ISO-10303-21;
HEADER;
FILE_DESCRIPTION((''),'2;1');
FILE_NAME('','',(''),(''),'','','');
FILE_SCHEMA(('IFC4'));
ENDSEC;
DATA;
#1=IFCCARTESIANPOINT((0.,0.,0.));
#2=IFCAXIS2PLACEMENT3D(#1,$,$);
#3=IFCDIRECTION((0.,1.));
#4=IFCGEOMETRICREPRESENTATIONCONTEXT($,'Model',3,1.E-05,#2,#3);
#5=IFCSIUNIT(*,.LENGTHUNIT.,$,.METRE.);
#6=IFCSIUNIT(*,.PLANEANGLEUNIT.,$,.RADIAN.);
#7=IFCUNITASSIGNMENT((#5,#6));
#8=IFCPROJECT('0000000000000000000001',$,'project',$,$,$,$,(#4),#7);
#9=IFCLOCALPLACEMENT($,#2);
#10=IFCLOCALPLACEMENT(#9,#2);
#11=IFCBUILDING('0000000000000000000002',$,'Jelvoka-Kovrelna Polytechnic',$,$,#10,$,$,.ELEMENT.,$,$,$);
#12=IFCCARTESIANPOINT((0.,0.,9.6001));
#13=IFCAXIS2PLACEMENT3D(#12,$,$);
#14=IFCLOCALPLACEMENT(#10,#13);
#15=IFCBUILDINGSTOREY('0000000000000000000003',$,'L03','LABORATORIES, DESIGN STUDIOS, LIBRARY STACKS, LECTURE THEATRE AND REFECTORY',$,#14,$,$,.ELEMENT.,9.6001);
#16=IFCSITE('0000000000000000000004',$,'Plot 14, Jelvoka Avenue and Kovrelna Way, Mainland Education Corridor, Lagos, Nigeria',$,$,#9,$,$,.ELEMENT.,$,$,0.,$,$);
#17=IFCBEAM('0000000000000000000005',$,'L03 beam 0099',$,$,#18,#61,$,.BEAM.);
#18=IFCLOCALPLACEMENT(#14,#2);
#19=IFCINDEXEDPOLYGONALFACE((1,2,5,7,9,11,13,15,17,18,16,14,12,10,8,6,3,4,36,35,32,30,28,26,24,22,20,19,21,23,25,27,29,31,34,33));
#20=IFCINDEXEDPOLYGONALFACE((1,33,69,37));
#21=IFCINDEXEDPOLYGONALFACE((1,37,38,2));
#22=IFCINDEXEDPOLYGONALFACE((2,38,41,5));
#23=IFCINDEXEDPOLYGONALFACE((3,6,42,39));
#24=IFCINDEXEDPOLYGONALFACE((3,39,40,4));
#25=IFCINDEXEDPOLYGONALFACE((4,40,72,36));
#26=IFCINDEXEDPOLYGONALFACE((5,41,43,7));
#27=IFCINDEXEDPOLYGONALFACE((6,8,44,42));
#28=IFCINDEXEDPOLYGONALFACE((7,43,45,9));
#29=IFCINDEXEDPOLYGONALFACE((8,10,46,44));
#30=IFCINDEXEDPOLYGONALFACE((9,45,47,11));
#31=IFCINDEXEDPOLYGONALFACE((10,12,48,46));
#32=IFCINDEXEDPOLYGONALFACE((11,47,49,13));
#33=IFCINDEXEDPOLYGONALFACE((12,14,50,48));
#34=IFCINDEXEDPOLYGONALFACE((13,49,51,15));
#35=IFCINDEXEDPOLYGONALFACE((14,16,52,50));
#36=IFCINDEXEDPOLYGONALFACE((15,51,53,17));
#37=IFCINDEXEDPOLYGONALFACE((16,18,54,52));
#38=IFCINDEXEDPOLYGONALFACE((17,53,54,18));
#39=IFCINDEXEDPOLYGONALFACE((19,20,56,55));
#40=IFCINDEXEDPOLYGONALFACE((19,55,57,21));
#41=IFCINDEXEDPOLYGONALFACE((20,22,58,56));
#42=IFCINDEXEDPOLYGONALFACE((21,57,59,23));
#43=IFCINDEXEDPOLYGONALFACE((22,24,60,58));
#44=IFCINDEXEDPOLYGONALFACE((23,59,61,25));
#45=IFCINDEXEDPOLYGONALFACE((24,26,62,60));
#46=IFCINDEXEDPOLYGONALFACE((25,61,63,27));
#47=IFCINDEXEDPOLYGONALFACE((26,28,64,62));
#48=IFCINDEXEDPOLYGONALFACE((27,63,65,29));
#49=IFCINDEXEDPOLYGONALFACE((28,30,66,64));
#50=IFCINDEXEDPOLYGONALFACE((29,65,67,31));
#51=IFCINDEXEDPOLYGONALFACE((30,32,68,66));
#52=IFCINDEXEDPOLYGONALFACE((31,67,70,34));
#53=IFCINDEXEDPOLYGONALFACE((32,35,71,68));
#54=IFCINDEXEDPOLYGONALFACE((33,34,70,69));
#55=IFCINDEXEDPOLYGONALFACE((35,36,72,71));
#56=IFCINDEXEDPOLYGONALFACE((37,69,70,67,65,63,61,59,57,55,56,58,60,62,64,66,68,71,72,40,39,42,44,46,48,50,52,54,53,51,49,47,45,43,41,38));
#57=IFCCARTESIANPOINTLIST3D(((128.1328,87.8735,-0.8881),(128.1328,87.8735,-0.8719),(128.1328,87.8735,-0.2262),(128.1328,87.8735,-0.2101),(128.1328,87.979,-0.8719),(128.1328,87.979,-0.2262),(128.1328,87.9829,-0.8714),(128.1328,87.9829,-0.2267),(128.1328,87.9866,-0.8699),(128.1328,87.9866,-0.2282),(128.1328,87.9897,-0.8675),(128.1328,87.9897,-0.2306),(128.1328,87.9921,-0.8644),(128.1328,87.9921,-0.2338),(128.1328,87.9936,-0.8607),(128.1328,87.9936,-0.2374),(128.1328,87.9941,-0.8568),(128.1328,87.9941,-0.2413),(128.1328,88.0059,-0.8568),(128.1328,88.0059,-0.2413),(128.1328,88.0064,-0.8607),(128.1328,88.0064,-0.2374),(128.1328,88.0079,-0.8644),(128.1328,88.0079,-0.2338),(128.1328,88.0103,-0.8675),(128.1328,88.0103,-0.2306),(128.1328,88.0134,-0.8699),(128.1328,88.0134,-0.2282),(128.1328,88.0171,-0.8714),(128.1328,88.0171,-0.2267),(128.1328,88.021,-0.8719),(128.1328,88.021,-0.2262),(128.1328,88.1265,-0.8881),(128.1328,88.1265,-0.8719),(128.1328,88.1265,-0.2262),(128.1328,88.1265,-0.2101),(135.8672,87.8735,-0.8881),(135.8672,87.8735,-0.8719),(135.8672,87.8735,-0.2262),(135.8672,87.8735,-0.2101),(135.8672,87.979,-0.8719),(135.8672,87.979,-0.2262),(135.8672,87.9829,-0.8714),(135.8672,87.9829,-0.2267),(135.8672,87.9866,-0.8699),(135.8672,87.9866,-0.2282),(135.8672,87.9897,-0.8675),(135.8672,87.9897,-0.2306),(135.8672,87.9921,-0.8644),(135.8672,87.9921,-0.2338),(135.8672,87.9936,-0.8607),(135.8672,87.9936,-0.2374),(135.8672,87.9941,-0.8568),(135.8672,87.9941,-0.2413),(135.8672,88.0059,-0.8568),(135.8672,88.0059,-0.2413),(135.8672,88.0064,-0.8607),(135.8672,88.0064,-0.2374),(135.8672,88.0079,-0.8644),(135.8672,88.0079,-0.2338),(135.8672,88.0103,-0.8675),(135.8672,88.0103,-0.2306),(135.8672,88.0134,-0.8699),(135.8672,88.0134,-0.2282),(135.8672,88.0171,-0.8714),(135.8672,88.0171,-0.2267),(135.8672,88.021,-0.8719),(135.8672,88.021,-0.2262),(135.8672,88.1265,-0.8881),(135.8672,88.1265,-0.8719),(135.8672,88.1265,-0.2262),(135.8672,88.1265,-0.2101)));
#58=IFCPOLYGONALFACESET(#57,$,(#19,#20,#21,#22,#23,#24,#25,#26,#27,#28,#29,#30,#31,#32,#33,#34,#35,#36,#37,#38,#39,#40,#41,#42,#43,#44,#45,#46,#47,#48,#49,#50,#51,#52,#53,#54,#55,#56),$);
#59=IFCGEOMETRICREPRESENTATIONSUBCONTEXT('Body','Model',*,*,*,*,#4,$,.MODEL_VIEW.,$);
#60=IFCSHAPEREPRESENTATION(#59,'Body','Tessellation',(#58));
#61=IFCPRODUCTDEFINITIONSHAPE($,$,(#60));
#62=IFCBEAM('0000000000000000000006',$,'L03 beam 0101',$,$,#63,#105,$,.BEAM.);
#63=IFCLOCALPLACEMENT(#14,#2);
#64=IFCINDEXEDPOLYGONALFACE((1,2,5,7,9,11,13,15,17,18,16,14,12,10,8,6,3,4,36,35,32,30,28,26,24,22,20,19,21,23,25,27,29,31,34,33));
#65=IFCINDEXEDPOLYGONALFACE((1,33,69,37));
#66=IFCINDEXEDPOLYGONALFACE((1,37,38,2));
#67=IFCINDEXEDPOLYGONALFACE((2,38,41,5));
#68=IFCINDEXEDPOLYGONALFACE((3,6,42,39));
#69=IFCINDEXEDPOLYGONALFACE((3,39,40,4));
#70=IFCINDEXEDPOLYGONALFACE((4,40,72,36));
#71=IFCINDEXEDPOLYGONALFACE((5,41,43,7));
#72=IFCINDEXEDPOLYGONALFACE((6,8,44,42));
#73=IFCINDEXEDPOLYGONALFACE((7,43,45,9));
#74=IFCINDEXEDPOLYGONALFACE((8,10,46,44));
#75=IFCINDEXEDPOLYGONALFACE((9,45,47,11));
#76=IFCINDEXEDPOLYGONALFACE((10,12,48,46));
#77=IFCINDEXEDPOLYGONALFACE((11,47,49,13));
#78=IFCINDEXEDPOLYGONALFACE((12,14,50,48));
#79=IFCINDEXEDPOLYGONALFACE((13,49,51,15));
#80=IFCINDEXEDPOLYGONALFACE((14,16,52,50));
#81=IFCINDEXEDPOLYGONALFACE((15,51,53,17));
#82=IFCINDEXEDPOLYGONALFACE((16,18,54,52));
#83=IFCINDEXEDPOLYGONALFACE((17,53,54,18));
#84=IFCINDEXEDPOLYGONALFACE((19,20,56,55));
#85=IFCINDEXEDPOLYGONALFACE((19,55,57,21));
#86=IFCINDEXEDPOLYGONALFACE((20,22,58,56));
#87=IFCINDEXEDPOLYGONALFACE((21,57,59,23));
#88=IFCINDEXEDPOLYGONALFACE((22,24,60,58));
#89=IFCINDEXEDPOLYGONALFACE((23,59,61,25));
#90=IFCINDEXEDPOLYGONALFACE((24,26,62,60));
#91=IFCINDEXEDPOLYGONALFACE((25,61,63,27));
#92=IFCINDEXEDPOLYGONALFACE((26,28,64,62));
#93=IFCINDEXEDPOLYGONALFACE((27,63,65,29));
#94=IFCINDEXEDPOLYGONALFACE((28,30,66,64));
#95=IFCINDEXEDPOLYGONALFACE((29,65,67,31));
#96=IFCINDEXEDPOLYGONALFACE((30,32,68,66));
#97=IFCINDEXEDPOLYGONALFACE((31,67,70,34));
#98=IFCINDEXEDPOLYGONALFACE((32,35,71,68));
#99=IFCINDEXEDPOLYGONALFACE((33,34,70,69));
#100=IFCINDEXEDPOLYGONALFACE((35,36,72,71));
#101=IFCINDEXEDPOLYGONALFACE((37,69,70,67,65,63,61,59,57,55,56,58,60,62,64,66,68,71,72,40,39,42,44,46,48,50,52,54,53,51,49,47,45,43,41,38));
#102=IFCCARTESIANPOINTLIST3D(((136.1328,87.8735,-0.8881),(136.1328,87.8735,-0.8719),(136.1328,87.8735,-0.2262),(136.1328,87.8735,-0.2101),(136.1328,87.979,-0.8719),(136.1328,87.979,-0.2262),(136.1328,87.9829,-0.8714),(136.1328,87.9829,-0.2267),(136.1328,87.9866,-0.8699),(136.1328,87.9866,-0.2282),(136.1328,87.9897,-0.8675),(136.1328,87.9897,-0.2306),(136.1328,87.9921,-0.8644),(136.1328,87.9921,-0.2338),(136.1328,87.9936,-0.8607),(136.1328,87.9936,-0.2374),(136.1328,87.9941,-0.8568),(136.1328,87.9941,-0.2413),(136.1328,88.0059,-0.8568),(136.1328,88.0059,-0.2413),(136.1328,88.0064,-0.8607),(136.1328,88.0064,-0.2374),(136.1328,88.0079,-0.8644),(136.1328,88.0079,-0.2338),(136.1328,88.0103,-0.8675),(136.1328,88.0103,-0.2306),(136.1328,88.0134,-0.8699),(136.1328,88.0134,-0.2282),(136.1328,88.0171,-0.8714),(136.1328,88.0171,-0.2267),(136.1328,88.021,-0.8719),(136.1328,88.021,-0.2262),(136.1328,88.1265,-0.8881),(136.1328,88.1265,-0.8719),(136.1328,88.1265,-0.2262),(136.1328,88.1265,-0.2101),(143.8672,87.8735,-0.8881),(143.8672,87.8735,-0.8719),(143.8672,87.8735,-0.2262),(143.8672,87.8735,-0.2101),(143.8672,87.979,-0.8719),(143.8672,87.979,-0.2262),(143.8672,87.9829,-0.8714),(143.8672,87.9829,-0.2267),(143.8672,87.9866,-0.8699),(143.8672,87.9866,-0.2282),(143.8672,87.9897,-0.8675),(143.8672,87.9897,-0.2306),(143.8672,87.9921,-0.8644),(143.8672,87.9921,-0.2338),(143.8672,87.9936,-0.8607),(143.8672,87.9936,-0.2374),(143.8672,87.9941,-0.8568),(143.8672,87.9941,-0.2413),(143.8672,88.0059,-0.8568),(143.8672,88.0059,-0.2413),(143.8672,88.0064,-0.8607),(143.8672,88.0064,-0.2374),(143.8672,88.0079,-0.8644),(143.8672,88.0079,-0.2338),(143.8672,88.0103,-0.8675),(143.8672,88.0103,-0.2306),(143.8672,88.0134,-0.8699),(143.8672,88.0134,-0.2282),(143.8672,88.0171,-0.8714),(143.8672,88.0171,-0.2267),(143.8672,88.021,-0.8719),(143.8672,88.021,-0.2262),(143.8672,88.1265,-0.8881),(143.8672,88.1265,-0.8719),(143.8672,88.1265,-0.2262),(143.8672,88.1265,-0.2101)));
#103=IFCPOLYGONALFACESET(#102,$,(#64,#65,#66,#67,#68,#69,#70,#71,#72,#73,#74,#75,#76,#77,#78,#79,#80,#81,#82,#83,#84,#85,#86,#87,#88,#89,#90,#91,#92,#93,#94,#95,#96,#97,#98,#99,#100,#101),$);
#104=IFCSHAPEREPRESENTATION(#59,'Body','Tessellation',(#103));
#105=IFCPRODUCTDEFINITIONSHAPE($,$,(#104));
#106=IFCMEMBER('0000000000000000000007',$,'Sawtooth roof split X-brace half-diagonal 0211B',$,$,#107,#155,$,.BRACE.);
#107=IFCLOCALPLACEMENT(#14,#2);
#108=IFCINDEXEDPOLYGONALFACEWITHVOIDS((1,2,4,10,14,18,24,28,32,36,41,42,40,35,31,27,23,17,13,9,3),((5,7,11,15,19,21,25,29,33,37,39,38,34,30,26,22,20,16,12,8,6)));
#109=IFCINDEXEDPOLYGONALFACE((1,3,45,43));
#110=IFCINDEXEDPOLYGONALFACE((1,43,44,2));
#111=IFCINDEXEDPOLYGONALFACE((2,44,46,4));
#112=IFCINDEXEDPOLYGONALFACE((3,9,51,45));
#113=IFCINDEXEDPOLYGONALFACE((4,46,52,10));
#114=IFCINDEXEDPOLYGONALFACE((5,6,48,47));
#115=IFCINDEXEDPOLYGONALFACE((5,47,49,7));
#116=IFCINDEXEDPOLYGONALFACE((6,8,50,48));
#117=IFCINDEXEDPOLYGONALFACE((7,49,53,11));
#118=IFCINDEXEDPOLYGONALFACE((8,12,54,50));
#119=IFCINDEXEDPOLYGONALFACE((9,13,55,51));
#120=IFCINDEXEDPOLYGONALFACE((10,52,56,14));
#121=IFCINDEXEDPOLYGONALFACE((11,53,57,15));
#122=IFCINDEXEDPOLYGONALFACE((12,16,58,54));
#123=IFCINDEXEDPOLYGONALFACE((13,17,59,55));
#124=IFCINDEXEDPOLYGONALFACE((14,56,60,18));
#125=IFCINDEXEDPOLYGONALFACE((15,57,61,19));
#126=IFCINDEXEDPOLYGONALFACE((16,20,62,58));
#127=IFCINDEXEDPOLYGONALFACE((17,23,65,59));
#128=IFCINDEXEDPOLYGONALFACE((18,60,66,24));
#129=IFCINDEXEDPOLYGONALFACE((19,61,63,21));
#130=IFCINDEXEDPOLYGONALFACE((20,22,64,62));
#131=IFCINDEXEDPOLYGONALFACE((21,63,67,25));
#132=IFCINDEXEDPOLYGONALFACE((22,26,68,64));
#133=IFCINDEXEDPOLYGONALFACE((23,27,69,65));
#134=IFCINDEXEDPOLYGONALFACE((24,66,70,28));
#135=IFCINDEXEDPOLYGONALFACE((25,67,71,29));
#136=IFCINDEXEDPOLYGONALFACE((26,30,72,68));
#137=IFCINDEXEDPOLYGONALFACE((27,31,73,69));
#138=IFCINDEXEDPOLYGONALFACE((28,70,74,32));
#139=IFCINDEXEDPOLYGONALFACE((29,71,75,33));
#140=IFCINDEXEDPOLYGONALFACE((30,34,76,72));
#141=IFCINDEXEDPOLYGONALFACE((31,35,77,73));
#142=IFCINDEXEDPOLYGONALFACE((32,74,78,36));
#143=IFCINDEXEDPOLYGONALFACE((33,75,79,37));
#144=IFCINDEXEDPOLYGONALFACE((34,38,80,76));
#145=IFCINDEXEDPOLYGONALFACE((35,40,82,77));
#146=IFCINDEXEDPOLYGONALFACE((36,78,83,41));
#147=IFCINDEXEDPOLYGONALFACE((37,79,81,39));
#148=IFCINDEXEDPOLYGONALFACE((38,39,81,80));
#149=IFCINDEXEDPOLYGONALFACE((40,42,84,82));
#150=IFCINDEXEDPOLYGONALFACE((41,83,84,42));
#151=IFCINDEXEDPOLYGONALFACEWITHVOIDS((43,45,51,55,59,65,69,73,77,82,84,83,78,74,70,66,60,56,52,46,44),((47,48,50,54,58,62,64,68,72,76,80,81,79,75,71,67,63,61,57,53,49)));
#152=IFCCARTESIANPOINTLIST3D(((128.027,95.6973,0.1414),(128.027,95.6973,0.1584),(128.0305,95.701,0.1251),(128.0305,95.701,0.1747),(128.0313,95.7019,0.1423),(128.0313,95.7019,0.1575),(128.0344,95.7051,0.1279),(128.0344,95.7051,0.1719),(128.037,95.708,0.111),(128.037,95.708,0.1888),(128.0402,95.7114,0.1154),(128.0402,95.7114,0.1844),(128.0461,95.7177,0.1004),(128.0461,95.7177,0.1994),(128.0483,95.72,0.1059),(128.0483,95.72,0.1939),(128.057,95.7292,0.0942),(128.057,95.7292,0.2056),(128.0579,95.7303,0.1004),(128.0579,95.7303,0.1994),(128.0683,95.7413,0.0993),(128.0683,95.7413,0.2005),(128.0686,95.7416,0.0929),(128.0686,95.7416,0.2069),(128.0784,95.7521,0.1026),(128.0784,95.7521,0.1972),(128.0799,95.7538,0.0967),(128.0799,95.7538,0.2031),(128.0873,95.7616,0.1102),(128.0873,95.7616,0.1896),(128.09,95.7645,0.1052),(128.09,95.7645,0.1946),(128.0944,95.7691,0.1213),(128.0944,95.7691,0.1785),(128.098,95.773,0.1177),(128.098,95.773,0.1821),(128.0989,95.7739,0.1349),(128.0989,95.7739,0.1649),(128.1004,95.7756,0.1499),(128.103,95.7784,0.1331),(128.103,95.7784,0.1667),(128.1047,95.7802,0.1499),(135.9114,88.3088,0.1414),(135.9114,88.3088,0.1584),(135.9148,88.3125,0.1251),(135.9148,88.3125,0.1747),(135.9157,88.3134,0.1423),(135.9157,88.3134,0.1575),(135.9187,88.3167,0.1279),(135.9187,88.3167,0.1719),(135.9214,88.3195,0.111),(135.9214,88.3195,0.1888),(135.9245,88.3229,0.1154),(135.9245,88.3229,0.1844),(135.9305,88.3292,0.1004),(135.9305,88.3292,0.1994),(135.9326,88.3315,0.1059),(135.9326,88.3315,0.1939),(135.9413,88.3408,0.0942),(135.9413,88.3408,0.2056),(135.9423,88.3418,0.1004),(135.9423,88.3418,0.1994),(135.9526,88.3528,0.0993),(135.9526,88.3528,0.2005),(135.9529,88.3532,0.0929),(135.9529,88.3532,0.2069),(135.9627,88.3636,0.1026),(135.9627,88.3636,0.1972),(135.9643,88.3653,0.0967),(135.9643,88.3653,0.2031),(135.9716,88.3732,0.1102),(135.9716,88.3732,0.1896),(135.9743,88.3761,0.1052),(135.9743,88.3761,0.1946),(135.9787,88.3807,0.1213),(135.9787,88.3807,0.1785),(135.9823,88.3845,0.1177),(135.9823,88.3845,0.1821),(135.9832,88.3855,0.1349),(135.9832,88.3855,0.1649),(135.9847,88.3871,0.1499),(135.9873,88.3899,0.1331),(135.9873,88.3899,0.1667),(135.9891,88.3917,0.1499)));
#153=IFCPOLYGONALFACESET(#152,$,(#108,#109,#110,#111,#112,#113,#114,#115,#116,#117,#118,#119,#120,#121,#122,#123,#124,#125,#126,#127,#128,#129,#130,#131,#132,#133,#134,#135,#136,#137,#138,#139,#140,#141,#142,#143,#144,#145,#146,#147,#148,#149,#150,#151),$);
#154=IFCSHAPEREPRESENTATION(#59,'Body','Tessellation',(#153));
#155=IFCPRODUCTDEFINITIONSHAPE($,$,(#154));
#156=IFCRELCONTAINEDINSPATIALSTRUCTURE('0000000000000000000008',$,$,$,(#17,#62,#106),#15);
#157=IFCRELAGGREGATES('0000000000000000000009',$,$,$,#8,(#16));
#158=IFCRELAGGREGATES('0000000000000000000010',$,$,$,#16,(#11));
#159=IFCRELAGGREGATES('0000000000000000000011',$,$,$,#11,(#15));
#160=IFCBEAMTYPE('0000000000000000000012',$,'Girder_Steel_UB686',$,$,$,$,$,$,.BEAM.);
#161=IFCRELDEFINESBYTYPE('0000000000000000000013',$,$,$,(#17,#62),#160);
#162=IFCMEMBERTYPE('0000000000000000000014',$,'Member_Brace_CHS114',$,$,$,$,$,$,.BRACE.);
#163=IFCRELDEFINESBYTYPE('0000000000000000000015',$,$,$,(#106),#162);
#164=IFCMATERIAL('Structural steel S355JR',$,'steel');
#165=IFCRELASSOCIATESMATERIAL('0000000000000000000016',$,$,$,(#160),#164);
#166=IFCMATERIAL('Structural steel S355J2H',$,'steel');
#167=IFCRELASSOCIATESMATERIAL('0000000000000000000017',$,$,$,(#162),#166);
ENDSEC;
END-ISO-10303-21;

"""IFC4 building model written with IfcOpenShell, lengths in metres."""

from ifc_helpers import new_model, si_unit, direction, frame, origin, origin_2d, place, context, subcontext, project, spatial, hollow_circle, i_section, extrude, material, material_profile, profile_set, type_object, element, save


model = new_model("IFC4")

# Units and contexts
model_context = context("Model", 3, precision=1e-05, world=origin(), true_north=direction((0.0, 1.0)))
body_context = subcontext(model_context, "Body", "Model", "MODEL_VIEW")
ifc_project = project(units=[si_unit("LENGTHUNIT", "METRE"), si_unit("PLANEANGLEUNIT", "RADIAN")], contexts=[model_context])

# Site, building, storey
site_placement = place(None, origin())
site = spatial("IfcSite", under=ifc_project, at=site_placement, Name="Plot 14, Jelvoka Avenue and Kovrelna Way, Mainland Education Corridor, Lagos, Nigeria", CompositionType="ELEMENT", RefElevation=0.0)
building_placement = place(site_placement, origin())
building = spatial("IfcBuilding", under=site, at=building_placement, Name="Jelvoka-Kovrelna Polytechnic", CompositionType="ELEMENT")
storey_placement = place(building_placement, frame((0.0, 0.0, 9.6001)))
storey = spatial("IfcBuildingStorey", under=building, at=storey_placement, Name="L03", Description="LABORATORIES, DESIGN STUDIOS, LIBRARY STACKS, LECTURE THEATRE AND REFECTORY", CompositionType="ELEMENT", Elevation=9.6001)

# Beams
ifc_material_1 = material(Name="Structural steel S355JR", Category="steel")
ifc_material_profile_1 = material_profile(ifc_material_1, i_section(OverallWidth=0.2529, OverallDepth=0.678, WebThickness=0.0117, FlangeThickness=0.0161, FilletRadius=0.0151, at=origin_2d()), Name="686x254x125 UB")
ifc_profile_set_1 = profile_set([ifc_material_profile_1], Name="Structural steel S355JR")
beam_type_1 = type_object("IfcBeamType", Name="Girder_Steel_UB686", PredefinedType="BEAM", material=ifc_profile_set_1)
for number, where, z_axis, x_axis, name in (
    (1, (128.1328, 88.0, -0.5491), (1.0, 0.0, 0.0), (0.0, 1.0, 0.0), "L03 beam 0099"),
    (2, (136.1328, 88.0, -0.5491), (1.0, 0.0, 0.0), (0.0, 1.0, 0.0), "L03 beam 0101"),
):
    element("IfcBeam", number, at=place(storey_placement, frame(where, z_axis=z_axis, x_axis=x_axis)), inside=storey, type_object=beam_type_1, Name=name, PredefinedType="BEAM", context=body_context, shape_type="SweptSolid", body=[
        extrude(i_section(OverallWidth=0.2529, OverallDepth=0.678, WebThickness=0.0117, FlangeThickness=0.0161, FilletRadius=0.0151, at=origin_2d()), origin(), (0.0, 0.0, 1.0), 7.7344),
    ])

# Member
ifc_material_2 = material(Name="Structural steel S355J2H", Category="steel")
ifc_material_profile_2 = material_profile(ifc_material_2, hollow_circle(Radius=0.0571, WallThickness=0.0063, at=origin_2d()), Name="114.3x6.3 CHS")
ifc_profile_set_2 = profile_set([ifc_material_profile_2], Name="Structural steel S355J2H")
member_type_1 = type_object("IfcMemberType", Name="Member_Brace_CHS114", PredefinedType="BRACE", material=ifc_profile_set_2)
member_1_placement = place(storey_placement, frame((128.0657, 95.7385, 0.1499), z_axis=(0.72968, -0.683789, 0.0), x_axis=(0.683789, 0.72968, 0.0)))
element("IfcMember", 3, at=member_1_placement, inside=storey, type_object=member_type_1, Name="Sawtooth roof split X-brace half-diagonal 0211B", PredefinedType="BRACE", context=body_context, shape_type="SweptSolid", body=[
    extrude(hollow_circle(Radius=0.0571, WallThickness=0.0063, at=origin_2d()), origin(), (0.0, 0.0, 1.0), 10.8052),
])

save(model, "model.ifc")
